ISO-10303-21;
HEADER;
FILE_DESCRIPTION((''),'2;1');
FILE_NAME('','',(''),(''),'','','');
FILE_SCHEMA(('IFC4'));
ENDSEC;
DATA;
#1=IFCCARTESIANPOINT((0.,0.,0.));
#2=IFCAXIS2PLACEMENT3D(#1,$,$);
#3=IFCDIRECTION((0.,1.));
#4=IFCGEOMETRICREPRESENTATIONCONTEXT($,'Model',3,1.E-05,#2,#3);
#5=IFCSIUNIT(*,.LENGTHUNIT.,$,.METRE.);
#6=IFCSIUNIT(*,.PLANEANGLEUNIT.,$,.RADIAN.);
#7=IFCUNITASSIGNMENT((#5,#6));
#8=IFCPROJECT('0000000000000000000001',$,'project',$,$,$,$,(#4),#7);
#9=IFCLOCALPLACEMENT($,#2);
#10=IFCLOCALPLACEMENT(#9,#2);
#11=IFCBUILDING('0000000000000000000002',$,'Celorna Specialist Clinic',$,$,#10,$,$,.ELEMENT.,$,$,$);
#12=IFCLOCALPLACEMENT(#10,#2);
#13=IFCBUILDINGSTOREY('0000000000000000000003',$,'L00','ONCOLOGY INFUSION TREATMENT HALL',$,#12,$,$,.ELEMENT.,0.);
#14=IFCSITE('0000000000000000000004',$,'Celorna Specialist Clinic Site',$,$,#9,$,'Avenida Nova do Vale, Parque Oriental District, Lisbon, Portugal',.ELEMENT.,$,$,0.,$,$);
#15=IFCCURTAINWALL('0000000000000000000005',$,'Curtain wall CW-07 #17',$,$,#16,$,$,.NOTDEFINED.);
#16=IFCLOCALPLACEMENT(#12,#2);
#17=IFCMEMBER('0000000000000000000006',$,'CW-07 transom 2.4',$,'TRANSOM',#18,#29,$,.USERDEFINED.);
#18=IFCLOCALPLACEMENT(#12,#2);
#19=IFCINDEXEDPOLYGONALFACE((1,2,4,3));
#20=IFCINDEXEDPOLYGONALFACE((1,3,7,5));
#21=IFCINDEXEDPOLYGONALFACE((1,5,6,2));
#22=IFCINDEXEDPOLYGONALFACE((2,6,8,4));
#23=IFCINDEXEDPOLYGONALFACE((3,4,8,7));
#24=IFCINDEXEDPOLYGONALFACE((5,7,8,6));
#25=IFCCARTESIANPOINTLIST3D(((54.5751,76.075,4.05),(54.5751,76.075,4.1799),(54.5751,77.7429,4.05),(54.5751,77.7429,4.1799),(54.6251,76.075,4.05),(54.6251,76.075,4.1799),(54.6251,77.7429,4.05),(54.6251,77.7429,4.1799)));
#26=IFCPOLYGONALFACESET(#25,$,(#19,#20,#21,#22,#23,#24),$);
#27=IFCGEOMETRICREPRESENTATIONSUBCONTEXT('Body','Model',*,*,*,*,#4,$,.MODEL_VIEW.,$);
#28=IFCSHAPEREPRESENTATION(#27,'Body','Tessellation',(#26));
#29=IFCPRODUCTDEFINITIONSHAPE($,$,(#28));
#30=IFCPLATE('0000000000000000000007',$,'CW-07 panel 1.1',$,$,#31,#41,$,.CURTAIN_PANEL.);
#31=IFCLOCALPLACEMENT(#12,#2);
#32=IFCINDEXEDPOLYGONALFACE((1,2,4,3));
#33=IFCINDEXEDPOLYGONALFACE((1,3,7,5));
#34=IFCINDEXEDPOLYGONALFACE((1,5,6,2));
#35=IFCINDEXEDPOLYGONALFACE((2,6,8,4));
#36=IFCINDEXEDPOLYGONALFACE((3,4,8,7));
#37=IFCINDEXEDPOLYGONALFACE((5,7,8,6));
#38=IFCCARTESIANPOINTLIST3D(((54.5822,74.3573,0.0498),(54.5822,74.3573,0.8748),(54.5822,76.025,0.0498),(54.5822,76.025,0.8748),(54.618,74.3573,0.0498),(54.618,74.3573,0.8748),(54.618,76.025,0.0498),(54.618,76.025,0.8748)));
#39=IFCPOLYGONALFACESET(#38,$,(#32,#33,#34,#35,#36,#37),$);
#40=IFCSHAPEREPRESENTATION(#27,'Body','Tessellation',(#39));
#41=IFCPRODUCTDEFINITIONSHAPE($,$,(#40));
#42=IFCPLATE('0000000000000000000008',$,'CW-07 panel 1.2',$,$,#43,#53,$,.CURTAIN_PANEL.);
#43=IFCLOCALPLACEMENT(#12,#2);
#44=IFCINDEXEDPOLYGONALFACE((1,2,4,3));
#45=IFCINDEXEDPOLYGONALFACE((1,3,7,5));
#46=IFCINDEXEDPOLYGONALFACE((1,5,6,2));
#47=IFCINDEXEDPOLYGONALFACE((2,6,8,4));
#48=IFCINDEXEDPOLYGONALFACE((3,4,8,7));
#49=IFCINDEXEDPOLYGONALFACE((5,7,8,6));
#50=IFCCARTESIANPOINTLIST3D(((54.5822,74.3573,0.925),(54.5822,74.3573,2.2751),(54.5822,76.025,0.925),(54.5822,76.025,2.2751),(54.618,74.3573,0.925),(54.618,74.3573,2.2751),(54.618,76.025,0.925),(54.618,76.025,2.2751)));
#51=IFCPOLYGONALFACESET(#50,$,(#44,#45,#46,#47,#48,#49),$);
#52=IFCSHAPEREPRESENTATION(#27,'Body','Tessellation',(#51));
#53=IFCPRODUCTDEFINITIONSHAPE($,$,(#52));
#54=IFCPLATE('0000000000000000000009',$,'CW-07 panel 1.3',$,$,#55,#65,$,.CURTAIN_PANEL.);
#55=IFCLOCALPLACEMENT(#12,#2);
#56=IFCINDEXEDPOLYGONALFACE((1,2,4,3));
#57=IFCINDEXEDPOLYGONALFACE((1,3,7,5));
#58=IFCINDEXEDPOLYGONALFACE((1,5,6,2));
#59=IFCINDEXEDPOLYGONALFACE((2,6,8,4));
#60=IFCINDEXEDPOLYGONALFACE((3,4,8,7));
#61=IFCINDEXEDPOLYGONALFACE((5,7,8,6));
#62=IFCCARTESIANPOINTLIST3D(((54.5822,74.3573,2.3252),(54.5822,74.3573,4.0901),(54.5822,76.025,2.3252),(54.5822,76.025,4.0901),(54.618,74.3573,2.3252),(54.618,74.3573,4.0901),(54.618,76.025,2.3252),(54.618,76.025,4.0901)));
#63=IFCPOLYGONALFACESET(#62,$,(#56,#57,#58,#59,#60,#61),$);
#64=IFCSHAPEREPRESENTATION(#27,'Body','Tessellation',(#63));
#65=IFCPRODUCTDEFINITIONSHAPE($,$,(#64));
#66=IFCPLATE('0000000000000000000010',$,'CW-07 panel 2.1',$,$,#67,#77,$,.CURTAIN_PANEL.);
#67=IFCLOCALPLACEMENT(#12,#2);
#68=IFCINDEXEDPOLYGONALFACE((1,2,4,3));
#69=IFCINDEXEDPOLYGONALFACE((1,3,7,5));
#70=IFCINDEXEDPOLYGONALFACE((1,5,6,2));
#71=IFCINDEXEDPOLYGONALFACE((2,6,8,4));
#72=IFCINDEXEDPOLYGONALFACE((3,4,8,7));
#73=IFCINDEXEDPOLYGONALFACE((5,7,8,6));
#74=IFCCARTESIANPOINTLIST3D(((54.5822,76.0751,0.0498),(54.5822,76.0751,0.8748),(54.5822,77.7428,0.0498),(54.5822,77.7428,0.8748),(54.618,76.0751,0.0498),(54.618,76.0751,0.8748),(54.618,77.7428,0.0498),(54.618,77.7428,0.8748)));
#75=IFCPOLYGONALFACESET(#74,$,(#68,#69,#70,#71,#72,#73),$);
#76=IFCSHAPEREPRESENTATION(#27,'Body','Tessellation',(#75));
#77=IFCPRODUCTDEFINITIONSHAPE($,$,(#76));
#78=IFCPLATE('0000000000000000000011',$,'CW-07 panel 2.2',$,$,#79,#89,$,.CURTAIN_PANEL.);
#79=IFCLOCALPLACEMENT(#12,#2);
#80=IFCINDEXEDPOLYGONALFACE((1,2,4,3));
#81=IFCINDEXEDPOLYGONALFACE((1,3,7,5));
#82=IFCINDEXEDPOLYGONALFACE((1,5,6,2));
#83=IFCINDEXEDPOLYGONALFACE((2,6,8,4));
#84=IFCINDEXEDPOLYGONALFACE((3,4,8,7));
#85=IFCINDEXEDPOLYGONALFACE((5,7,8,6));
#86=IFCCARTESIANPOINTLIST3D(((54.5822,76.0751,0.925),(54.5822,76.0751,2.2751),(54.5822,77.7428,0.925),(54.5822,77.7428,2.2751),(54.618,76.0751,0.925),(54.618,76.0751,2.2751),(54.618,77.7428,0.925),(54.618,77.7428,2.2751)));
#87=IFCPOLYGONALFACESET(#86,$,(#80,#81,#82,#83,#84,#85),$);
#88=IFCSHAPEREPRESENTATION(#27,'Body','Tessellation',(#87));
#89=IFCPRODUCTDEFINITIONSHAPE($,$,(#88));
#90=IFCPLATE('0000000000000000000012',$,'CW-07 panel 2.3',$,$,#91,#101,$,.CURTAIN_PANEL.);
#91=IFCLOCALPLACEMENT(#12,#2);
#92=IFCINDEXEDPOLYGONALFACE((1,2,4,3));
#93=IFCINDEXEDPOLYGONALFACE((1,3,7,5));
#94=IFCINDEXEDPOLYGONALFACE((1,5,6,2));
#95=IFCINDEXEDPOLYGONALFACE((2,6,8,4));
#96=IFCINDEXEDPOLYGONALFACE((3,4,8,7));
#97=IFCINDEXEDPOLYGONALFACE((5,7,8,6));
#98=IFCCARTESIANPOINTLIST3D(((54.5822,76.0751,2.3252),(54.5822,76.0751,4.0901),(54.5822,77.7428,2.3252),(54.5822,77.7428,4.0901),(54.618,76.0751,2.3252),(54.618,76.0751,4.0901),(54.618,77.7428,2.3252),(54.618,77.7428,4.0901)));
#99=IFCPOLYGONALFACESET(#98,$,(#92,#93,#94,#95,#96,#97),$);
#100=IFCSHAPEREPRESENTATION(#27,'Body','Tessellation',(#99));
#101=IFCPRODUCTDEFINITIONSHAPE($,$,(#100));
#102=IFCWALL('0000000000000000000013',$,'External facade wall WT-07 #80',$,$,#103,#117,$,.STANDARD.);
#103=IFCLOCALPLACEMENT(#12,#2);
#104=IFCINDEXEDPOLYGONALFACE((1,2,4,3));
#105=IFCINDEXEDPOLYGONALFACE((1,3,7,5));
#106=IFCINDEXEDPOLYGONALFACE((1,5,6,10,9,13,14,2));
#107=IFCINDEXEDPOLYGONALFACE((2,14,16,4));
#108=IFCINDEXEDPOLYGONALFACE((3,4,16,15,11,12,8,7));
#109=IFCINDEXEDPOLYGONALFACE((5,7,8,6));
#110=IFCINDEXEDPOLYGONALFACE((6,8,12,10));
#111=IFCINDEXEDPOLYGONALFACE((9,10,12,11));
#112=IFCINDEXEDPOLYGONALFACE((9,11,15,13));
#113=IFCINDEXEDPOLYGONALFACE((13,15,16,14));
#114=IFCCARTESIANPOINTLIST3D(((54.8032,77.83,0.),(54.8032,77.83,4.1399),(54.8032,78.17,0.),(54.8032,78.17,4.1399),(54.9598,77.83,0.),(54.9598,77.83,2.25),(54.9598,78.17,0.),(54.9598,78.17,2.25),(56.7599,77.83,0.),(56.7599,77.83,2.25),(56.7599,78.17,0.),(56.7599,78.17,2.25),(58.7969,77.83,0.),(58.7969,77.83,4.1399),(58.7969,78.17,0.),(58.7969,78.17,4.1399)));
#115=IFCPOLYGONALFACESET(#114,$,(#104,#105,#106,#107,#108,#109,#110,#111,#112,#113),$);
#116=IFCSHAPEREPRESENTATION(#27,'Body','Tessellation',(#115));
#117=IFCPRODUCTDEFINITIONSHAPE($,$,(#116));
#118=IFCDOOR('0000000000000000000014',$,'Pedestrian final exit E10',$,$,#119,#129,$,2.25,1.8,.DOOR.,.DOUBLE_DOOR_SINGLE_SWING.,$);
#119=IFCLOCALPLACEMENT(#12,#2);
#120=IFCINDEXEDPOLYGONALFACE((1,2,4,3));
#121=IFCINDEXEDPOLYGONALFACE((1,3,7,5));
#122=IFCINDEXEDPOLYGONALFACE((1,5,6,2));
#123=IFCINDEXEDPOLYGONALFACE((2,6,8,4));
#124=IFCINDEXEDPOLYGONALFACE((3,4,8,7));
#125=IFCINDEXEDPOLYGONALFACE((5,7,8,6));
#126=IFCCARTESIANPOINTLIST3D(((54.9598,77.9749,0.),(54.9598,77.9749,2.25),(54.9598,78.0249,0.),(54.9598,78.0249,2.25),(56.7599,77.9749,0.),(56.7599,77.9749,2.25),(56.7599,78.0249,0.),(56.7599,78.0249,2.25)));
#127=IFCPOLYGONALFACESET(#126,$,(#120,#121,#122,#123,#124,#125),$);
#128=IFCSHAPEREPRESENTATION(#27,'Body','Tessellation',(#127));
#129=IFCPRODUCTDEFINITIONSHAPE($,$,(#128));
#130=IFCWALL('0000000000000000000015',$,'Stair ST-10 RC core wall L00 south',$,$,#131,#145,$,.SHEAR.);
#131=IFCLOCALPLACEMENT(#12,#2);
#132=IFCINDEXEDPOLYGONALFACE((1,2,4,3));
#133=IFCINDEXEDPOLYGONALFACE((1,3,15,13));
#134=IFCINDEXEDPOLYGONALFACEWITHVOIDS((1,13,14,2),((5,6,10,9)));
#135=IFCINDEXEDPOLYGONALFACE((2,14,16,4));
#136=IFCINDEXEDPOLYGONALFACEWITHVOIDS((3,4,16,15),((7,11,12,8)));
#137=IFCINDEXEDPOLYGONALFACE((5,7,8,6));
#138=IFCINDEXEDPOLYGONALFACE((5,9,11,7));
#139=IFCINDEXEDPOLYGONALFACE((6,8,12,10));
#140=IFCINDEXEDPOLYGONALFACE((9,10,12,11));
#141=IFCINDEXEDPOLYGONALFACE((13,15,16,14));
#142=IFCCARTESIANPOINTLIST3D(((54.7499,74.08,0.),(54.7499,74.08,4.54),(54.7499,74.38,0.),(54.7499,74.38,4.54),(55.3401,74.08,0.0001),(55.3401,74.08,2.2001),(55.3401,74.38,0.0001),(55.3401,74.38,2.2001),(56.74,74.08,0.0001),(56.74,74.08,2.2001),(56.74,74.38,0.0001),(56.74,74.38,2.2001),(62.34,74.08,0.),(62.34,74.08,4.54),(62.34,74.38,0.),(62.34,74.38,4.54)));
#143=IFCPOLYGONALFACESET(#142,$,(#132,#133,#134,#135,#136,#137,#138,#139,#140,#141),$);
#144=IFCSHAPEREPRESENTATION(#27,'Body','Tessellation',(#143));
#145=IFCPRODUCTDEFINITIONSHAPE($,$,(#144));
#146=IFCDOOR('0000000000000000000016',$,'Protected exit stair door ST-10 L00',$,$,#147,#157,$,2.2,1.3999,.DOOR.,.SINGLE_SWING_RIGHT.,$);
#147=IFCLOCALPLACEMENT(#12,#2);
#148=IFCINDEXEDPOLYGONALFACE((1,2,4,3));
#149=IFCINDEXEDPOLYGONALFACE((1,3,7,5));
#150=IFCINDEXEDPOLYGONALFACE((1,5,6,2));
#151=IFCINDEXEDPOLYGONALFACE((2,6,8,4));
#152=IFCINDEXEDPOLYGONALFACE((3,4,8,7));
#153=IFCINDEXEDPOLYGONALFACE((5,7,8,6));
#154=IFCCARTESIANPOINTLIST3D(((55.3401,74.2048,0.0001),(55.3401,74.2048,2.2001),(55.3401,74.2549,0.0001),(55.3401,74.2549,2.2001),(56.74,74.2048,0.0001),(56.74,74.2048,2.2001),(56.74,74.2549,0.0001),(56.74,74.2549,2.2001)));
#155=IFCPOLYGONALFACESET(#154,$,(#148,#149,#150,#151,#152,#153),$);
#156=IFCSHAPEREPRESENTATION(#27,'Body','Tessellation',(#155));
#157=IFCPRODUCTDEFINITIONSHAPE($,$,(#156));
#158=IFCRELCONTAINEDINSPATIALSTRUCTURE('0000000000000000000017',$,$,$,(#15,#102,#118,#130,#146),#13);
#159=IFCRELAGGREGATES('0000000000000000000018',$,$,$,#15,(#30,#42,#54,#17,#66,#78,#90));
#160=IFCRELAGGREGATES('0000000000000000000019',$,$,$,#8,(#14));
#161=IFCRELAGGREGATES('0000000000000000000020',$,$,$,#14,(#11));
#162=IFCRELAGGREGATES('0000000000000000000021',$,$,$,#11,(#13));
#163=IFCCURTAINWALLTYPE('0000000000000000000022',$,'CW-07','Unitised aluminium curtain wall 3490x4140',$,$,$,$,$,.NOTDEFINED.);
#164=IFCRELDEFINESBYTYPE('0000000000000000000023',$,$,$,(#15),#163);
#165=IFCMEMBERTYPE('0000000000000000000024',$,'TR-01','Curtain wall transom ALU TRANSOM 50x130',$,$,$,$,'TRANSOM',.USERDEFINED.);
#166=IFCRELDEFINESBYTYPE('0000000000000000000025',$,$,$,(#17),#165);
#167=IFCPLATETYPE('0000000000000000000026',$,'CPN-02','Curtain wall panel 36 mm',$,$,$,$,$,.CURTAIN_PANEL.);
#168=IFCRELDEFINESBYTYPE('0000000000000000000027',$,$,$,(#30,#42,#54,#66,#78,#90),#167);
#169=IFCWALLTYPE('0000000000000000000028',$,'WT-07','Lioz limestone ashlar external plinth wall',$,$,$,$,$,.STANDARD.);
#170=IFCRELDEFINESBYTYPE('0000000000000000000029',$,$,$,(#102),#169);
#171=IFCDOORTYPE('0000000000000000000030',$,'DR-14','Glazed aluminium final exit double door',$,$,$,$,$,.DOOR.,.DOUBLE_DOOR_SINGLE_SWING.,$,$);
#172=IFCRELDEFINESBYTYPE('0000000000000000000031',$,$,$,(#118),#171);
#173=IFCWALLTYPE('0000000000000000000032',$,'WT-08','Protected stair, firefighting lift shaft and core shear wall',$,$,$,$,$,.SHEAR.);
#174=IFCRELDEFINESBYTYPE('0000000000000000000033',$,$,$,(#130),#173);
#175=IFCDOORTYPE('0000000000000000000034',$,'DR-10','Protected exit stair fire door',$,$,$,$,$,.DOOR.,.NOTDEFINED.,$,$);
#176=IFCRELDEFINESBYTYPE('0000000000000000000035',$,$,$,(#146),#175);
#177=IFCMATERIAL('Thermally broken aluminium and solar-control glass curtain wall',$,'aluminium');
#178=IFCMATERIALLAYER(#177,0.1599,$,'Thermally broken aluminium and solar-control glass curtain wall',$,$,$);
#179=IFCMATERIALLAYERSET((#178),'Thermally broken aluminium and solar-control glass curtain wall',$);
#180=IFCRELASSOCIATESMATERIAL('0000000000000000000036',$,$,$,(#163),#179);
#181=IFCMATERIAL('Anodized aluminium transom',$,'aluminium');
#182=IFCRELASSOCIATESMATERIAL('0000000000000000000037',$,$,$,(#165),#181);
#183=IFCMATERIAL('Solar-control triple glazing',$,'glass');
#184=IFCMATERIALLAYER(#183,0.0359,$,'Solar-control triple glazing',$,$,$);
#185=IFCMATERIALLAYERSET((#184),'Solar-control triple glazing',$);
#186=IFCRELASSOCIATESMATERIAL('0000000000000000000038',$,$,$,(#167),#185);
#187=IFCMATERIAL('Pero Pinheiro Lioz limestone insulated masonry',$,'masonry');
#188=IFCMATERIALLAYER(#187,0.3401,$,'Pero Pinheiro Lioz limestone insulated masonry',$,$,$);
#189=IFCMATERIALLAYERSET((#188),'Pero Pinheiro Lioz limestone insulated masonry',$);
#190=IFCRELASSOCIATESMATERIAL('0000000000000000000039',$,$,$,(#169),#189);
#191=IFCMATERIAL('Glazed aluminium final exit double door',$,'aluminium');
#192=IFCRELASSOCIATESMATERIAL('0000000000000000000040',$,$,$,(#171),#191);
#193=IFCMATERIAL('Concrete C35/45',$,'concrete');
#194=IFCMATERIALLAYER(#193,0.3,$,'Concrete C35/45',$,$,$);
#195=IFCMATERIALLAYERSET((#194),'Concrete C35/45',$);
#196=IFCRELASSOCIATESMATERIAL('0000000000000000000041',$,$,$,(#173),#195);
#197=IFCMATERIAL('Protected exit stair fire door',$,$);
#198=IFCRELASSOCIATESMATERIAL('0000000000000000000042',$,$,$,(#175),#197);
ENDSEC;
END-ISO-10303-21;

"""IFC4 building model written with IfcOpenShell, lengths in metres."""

from ifc_helpers import new_model, si_unit, direction, frame, frame_2d, origin, origin_2d, place, context, subcontext, project, spatial, rectangle, extrude, material, layer, layer_set, material_profile, profile_set, type_object, element, fill, aggregate, save


model = new_model("IFC4")

# Units and contexts
model_context = context("Model", 3, precision=1e-05, world=origin(), true_north=direction((0.0, 1.0)))
body_context = subcontext(model_context, "Body", "Model", "MODEL_VIEW")
ifc_project = project(units=[si_unit("LENGTHUNIT", "METRE"), si_unit("PLANEANGLEUNIT", "RADIAN")], contexts=[model_context])

# Site, building, storey
site_placement = place(None, origin())
site = spatial("IfcSite", under=ifc_project, at=site_placement, Name="Celorna Specialist Clinic Site", LongName="Avenida Nova do Vale, Parque Oriental District, Lisbon, Portugal", CompositionType="ELEMENT", RefElevation=0.0)
building_placement = place(site_placement, origin())
building = spatial("IfcBuilding", under=site, at=building_placement, Name="Celorna Specialist Clinic", CompositionType="ELEMENT")
storey_placement = place(building_placement, origin())
storey = spatial("IfcBuildingStorey", under=building, at=storey_placement, Name="L00", Description="ONCOLOGY INFUSION TREATMENT HALL", CompositionType="ELEMENT", Elevation=0.0)

# Shared definitions
ifc_material_1 = material(Name="Concrete C35/45", Category="concrete")

# Shared definitions
ifc_material_2 = material(Name="Thermally broken aluminium and solar-control glass curtain wall", Category="aluminium")
ifc_layer_1 = layer(ifc_material_2, 0.1599, Name="Thermally broken aluminium and solar-control glass curtain wall")
ifc_layer_set_1 = layer_set([ifc_layer_1], Name="Thermally broken aluminium and solar-control glass curtain wall")
curtain_wall_type = type_object("IfcCurtainWallType", Name="CW-07", Description="Unitised aluminium curtain wall 3490x4140", PredefinedType="NOTDEFINED", material=ifc_layer_set_1)

# Curtain wall, member, plates
curtain_wall_1_placement = place(storey_placement, origin())
curtain_wall_1 = element("IfcCurtainWall", 1, at=curtain_wall_1_placement, inside=storey, type_object=curtain_wall_type, Name="Curtain wall CW-07 #17", PredefinedType="NOTDEFINED")
ifc_material_3 = material(Name="Anodized aluminium transom", Category="aluminium")
ifc_material_profile_1 = material_profile(ifc_material_3, rectangle(XDim=0.05, YDim=0.1299, at=origin_2d()), Name="ALU TRANSOM 50x130")
ifc_profile_set_1 = profile_set([ifc_material_profile_1], Name="Anodized aluminium transom")
member_type_1 = type_object("IfcMemberType", Name="TR-01", Description="Curtain wall transom ALU TRANSOM 50x130", ElementType="TRANSOM", PredefinedType="USERDEFINED", material=ifc_profile_set_1)
member_1_placement = place(storey_placement, frame((54.6001, 76.075, 4.115), z_axis=(0.0, 1.0, 0.0), x_axis=(-1.0, 0.0, 0.0)))
member_1 = element("IfcMember", 2, at=member_1_placement, type_object=member_type_1, Name="CW-07 transom 2.4", ObjectType="TRANSOM", PredefinedType="USERDEFINED", context=body_context, shape_type="SweptSolid", body=[
    extrude(rectangle(XDim=0.05, YDim=0.1299, at=origin_2d()), origin(), (0.0, 0.0, 1.0), 1.668),
])
ifc_material_4 = material(Name="Solar-control triple glazing", Category="glass")
ifc_layer_2 = layer(ifc_material_4, 0.0359, Name="Solar-control triple glazing")
ifc_layer_set_2 = layer_set([ifc_layer_2], Name="Solar-control triple glazing")
plate_type = type_object("IfcPlateType", Name="CPN-02", Description="Curtain wall panel 36 mm", PredefinedType="CURTAIN_PANEL", material=ifc_layer_set_2)
plate_1_placement = place(storey_placement, frame((54.6001, 75.1912, 0.0498), z_axis=(0.0, 0.0, 1.0), x_axis=(0.0, 1.0, 0.0)))
plate_1 = element("IfcPlate", 3, at=plate_1_placement, type_object=plate_type, Name="CW-07 panel 1.1", PredefinedType="CURTAIN_PANEL", context=body_context, shape_type="SweptSolid", body=[
    extrude(rectangle(XDim=1.6677, YDim=0.0359, at=origin_2d()), origin(), (0.0, 0.0, 1.0), 0.825),
])
plate_2_placement = place(storey_placement, frame((54.6001, 75.1912, 0.925), z_axis=(0.0, 0.0, 1.0), x_axis=(0.0, 1.0, 0.0)))
plate_2 = element("IfcPlate", 4, at=plate_2_placement, type_object=plate_type, Name="CW-07 panel 1.2", PredefinedType="CURTAIN_PANEL", context=body_context, shape_type="SweptSolid", body=[
    extrude(rectangle(XDim=1.6677, YDim=0.0359, at=origin_2d()), origin(), (0.0, 0.0, 1.0), 1.3501),
])
plate_3_placement = place(storey_placement, frame((54.6001, 75.1912, 2.3252), z_axis=(0.0, 0.0, 1.0), x_axis=(0.0, 1.0, 0.0)))
plate_3 = element("IfcPlate", 5, at=plate_3_placement, type_object=plate_type, Name="CW-07 panel 1.3", PredefinedType="CURTAIN_PANEL", context=body_context, shape_type="SweptSolid", body=[
    extrude(rectangle(XDim=1.6677, YDim=0.0359, at=origin_2d()), origin(), (0.0, 0.0, 1.0), 1.7649),
])
plate_4_placement = place(storey_placement, frame((54.6001, 76.9089, 0.0498), z_axis=(0.0, 0.0, 1.0), x_axis=(0.0, 1.0, 0.0)))
plate_4 = element("IfcPlate", 6, at=plate_4_placement, type_object=plate_type, Name="CW-07 panel 2.1", PredefinedType="CURTAIN_PANEL", context=body_context, shape_type="SweptSolid", body=[
    extrude(rectangle(XDim=1.6677, YDim=0.0359, at=origin_2d()), origin(), (0.0, 0.0, 1.0), 0.825),
])
plate_5_placement = place(storey_placement, frame((54.6001, 76.9089, 0.925), z_axis=(0.0, 0.0, 1.0), x_axis=(0.0, 1.0, 0.0)))
plate_5 = element("IfcPlate", 7, at=plate_5_placement, type_object=plate_type, Name="CW-07 panel 2.2", PredefinedType="CURTAIN_PANEL", context=body_context, shape_type="SweptSolid", body=[
    extrude(rectangle(XDim=1.6677, YDim=0.0359, at=origin_2d()), origin(), (0.0, 0.0, 1.0), 1.3501),
])
plate_6_placement = place(storey_placement, frame((54.6001, 76.9089, 2.3252), z_axis=(0.0, 0.0, 1.0), x_axis=(0.0, 1.0, 0.0)))
plate_6 = element("IfcPlate", 8, at=plate_6_placement, type_object=plate_type, Name="CW-07 panel 2.3", PredefinedType="CURTAIN_PANEL", context=body_context, shape_type="SweptSolid", body=[
    extrude(rectangle(XDim=1.6677, YDim=0.0359, at=origin_2d()), origin(), (0.0, 0.0, 1.0), 1.7649),
])
aggregate(curtain_wall_1, [plate_1, plate_2, plate_3, member_1, plate_4, plate_5, plate_6])

# Walls, openings, doors
ifc_material_5 = material(Name="Pero Pinheiro Lioz limestone insulated masonry", Category="masonry")
ifc_layer_3 = layer(ifc_material_5, 0.3401, Name="Pero Pinheiro Lioz limestone insulated masonry")
ifc_layer_set_3 = layer_set([ifc_layer_3], Name="Pero Pinheiro Lioz limestone insulated masonry")
wall_type_1 = type_object("IfcWallType", Name="WT-07", Description="Lioz limestone ashlar external plinth wall", PredefinedType="STANDARD", material=ifc_layer_set_3)
wall_1_placement = place(storey_placement, frame((54.8032, 78.0, 0.0), z_axis=(0.0, 0.0, 1.0), x_axis=(1.0, 0.0, 0.0)))
wall_1 = element("IfcWall", 9, at=wall_1_placement, inside=storey, type_object=wall_type_1, Name="External facade wall WT-07 #80", PredefinedType="STANDARD", context=body_context, shape_type="SweptSolid", body=[
    extrude(rectangle(XDim=3.9937, YDim=0.3401, at=frame_2d((1.9968, 0.0))), origin(), (0.0, 0.0, 1.0), 4.1399),
])
opening_1_placement = place(wall_1_placement, frame((0.1567, 0.0, 0.0)))
opening_1 = element("IfcOpeningElement", 10, at=opening_1_placement, cuts=wall_1, PredefinedType="OPENING", context=body_context, shape_type="SweptSolid", body=[
    extrude(rectangle(XDim=1.8, YDim=2.25, at=frame_2d((0.8999, 1.125))), frame((0.0, 0.1799, 0.0), z_axis=(0.0, -1.0, 0.0), x_axis=(1.0, 0.0, 0.0)), (0.0, 0.0, 1.0), 0.3601),
])
ifc_material_6 = material(Name="Glazed aluminium final exit double door", Category="aluminium")
door_type_1 = type_object("IfcDoorType", Name="DR-14", Description="Glazed aluminium final exit double door", OperationType="DOUBLE_DOOR_SINGLE_SWING", PredefinedType="DOOR", material=ifc_material_6)
door_1_placement = place(opening_1_placement, origin())
door_1 = element("IfcDoor", 11, at=door_1_placement, inside=storey, type_object=door_type_1, Name="Pedestrian final exit E10", OperationType="DOUBLE_DOOR_SINGLE_SWING", OverallHeight=2.25, OverallWidth=1.8, PredefinedType="DOOR", context=body_context, shape_type="SweptSolid", body=[
    extrude(rectangle(XDim=1.8, YDim=2.25, at=frame_2d((0.8999, 1.125))), frame((0.0, 0.0249, 0.0), z_axis=(0.0, -1.0, 0.0), x_axis=(1.0, 0.0, 0.0)), (0.0, 0.0, 1.0), 0.05),
])
fill(opening_1, door_1)
ifc_layer_4 = layer(ifc_material_1, 0.3, Name="Concrete C35/45")
ifc_layer_set_4 = layer_set([ifc_layer_4], Name="Concrete C35/45")
wall_type_2 = type_object("IfcWallType", Name="WT-08", Description="Protected stair, firefighting lift shaft and core shear wall", PredefinedType="SHEAR", material=ifc_layer_set_4)
wall_2_placement = place(storey_placement, frame((54.75, 74.23, 0.0), z_axis=(0.0, 0.0, 1.0), x_axis=(1.0, 0.0, 0.0)))
wall_2 = element("IfcWall", 12, at=wall_2_placement, inside=storey, type_object=wall_type_2, Name="Stair ST-10 RC core wall L00 south", PredefinedType="SHEAR", context=body_context, shape_type="SweptSolid", body=[
    extrude(rectangle(XDim=7.5901, YDim=0.3, at=frame_2d((3.7949, 0.0))), origin(), (0.0, 0.0, 1.0), 4.54),
])
opening_2_placement = place(wall_2_placement, frame((0.5901, 0.0, 0.0)))
opening_2 = element("IfcOpeningElement", 13, at=opening_2_placement, cuts=wall_2, PredefinedType="OPENING", context=body_context, shape_type="SweptSolid", body=[
    extrude(rectangle(XDim=1.3999, YDim=2.2, at=frame_2d((0.7, 1.1001))), frame((0.0, 0.1599, 0.0), z_axis=(0.0, -1.0, 0.0), x_axis=(1.0, 0.0, 0.0)), (0.0, 0.0, 1.0), 0.3201),
])
ifc_material_7 = material(Name="Protected exit stair fire door")
door_type_2 = type_object("IfcDoorType", Name="DR-10", Description="Protected exit stair fire door", OperationType="NOTDEFINED", PredefinedType="DOOR", material=ifc_material_7)
door_2_placement = place(opening_2_placement, origin())
door_2 = element("IfcDoor", 14, at=door_2_placement, inside=storey, type_object=door_type_2, Name="Protected exit stair door ST-10 L00", OperationType="SINGLE_SWING_RIGHT", OverallHeight=2.2, OverallWidth=1.3999, PredefinedType="DOOR", context=body_context, shape_type="SweptSolid", body=[
    extrude(rectangle(XDim=1.3999, YDim=2.2, at=frame_2d((0.7, 1.1001))), frame((0.0, 0.0249, 0.0), z_axis=(0.0, -1.0, 0.0), x_axis=(1.0, 0.0, 0.0)), (0.0, 0.0, 1.0), 0.05),
])
fill(opening_2, door_2)

save(model, "model.ifc")
